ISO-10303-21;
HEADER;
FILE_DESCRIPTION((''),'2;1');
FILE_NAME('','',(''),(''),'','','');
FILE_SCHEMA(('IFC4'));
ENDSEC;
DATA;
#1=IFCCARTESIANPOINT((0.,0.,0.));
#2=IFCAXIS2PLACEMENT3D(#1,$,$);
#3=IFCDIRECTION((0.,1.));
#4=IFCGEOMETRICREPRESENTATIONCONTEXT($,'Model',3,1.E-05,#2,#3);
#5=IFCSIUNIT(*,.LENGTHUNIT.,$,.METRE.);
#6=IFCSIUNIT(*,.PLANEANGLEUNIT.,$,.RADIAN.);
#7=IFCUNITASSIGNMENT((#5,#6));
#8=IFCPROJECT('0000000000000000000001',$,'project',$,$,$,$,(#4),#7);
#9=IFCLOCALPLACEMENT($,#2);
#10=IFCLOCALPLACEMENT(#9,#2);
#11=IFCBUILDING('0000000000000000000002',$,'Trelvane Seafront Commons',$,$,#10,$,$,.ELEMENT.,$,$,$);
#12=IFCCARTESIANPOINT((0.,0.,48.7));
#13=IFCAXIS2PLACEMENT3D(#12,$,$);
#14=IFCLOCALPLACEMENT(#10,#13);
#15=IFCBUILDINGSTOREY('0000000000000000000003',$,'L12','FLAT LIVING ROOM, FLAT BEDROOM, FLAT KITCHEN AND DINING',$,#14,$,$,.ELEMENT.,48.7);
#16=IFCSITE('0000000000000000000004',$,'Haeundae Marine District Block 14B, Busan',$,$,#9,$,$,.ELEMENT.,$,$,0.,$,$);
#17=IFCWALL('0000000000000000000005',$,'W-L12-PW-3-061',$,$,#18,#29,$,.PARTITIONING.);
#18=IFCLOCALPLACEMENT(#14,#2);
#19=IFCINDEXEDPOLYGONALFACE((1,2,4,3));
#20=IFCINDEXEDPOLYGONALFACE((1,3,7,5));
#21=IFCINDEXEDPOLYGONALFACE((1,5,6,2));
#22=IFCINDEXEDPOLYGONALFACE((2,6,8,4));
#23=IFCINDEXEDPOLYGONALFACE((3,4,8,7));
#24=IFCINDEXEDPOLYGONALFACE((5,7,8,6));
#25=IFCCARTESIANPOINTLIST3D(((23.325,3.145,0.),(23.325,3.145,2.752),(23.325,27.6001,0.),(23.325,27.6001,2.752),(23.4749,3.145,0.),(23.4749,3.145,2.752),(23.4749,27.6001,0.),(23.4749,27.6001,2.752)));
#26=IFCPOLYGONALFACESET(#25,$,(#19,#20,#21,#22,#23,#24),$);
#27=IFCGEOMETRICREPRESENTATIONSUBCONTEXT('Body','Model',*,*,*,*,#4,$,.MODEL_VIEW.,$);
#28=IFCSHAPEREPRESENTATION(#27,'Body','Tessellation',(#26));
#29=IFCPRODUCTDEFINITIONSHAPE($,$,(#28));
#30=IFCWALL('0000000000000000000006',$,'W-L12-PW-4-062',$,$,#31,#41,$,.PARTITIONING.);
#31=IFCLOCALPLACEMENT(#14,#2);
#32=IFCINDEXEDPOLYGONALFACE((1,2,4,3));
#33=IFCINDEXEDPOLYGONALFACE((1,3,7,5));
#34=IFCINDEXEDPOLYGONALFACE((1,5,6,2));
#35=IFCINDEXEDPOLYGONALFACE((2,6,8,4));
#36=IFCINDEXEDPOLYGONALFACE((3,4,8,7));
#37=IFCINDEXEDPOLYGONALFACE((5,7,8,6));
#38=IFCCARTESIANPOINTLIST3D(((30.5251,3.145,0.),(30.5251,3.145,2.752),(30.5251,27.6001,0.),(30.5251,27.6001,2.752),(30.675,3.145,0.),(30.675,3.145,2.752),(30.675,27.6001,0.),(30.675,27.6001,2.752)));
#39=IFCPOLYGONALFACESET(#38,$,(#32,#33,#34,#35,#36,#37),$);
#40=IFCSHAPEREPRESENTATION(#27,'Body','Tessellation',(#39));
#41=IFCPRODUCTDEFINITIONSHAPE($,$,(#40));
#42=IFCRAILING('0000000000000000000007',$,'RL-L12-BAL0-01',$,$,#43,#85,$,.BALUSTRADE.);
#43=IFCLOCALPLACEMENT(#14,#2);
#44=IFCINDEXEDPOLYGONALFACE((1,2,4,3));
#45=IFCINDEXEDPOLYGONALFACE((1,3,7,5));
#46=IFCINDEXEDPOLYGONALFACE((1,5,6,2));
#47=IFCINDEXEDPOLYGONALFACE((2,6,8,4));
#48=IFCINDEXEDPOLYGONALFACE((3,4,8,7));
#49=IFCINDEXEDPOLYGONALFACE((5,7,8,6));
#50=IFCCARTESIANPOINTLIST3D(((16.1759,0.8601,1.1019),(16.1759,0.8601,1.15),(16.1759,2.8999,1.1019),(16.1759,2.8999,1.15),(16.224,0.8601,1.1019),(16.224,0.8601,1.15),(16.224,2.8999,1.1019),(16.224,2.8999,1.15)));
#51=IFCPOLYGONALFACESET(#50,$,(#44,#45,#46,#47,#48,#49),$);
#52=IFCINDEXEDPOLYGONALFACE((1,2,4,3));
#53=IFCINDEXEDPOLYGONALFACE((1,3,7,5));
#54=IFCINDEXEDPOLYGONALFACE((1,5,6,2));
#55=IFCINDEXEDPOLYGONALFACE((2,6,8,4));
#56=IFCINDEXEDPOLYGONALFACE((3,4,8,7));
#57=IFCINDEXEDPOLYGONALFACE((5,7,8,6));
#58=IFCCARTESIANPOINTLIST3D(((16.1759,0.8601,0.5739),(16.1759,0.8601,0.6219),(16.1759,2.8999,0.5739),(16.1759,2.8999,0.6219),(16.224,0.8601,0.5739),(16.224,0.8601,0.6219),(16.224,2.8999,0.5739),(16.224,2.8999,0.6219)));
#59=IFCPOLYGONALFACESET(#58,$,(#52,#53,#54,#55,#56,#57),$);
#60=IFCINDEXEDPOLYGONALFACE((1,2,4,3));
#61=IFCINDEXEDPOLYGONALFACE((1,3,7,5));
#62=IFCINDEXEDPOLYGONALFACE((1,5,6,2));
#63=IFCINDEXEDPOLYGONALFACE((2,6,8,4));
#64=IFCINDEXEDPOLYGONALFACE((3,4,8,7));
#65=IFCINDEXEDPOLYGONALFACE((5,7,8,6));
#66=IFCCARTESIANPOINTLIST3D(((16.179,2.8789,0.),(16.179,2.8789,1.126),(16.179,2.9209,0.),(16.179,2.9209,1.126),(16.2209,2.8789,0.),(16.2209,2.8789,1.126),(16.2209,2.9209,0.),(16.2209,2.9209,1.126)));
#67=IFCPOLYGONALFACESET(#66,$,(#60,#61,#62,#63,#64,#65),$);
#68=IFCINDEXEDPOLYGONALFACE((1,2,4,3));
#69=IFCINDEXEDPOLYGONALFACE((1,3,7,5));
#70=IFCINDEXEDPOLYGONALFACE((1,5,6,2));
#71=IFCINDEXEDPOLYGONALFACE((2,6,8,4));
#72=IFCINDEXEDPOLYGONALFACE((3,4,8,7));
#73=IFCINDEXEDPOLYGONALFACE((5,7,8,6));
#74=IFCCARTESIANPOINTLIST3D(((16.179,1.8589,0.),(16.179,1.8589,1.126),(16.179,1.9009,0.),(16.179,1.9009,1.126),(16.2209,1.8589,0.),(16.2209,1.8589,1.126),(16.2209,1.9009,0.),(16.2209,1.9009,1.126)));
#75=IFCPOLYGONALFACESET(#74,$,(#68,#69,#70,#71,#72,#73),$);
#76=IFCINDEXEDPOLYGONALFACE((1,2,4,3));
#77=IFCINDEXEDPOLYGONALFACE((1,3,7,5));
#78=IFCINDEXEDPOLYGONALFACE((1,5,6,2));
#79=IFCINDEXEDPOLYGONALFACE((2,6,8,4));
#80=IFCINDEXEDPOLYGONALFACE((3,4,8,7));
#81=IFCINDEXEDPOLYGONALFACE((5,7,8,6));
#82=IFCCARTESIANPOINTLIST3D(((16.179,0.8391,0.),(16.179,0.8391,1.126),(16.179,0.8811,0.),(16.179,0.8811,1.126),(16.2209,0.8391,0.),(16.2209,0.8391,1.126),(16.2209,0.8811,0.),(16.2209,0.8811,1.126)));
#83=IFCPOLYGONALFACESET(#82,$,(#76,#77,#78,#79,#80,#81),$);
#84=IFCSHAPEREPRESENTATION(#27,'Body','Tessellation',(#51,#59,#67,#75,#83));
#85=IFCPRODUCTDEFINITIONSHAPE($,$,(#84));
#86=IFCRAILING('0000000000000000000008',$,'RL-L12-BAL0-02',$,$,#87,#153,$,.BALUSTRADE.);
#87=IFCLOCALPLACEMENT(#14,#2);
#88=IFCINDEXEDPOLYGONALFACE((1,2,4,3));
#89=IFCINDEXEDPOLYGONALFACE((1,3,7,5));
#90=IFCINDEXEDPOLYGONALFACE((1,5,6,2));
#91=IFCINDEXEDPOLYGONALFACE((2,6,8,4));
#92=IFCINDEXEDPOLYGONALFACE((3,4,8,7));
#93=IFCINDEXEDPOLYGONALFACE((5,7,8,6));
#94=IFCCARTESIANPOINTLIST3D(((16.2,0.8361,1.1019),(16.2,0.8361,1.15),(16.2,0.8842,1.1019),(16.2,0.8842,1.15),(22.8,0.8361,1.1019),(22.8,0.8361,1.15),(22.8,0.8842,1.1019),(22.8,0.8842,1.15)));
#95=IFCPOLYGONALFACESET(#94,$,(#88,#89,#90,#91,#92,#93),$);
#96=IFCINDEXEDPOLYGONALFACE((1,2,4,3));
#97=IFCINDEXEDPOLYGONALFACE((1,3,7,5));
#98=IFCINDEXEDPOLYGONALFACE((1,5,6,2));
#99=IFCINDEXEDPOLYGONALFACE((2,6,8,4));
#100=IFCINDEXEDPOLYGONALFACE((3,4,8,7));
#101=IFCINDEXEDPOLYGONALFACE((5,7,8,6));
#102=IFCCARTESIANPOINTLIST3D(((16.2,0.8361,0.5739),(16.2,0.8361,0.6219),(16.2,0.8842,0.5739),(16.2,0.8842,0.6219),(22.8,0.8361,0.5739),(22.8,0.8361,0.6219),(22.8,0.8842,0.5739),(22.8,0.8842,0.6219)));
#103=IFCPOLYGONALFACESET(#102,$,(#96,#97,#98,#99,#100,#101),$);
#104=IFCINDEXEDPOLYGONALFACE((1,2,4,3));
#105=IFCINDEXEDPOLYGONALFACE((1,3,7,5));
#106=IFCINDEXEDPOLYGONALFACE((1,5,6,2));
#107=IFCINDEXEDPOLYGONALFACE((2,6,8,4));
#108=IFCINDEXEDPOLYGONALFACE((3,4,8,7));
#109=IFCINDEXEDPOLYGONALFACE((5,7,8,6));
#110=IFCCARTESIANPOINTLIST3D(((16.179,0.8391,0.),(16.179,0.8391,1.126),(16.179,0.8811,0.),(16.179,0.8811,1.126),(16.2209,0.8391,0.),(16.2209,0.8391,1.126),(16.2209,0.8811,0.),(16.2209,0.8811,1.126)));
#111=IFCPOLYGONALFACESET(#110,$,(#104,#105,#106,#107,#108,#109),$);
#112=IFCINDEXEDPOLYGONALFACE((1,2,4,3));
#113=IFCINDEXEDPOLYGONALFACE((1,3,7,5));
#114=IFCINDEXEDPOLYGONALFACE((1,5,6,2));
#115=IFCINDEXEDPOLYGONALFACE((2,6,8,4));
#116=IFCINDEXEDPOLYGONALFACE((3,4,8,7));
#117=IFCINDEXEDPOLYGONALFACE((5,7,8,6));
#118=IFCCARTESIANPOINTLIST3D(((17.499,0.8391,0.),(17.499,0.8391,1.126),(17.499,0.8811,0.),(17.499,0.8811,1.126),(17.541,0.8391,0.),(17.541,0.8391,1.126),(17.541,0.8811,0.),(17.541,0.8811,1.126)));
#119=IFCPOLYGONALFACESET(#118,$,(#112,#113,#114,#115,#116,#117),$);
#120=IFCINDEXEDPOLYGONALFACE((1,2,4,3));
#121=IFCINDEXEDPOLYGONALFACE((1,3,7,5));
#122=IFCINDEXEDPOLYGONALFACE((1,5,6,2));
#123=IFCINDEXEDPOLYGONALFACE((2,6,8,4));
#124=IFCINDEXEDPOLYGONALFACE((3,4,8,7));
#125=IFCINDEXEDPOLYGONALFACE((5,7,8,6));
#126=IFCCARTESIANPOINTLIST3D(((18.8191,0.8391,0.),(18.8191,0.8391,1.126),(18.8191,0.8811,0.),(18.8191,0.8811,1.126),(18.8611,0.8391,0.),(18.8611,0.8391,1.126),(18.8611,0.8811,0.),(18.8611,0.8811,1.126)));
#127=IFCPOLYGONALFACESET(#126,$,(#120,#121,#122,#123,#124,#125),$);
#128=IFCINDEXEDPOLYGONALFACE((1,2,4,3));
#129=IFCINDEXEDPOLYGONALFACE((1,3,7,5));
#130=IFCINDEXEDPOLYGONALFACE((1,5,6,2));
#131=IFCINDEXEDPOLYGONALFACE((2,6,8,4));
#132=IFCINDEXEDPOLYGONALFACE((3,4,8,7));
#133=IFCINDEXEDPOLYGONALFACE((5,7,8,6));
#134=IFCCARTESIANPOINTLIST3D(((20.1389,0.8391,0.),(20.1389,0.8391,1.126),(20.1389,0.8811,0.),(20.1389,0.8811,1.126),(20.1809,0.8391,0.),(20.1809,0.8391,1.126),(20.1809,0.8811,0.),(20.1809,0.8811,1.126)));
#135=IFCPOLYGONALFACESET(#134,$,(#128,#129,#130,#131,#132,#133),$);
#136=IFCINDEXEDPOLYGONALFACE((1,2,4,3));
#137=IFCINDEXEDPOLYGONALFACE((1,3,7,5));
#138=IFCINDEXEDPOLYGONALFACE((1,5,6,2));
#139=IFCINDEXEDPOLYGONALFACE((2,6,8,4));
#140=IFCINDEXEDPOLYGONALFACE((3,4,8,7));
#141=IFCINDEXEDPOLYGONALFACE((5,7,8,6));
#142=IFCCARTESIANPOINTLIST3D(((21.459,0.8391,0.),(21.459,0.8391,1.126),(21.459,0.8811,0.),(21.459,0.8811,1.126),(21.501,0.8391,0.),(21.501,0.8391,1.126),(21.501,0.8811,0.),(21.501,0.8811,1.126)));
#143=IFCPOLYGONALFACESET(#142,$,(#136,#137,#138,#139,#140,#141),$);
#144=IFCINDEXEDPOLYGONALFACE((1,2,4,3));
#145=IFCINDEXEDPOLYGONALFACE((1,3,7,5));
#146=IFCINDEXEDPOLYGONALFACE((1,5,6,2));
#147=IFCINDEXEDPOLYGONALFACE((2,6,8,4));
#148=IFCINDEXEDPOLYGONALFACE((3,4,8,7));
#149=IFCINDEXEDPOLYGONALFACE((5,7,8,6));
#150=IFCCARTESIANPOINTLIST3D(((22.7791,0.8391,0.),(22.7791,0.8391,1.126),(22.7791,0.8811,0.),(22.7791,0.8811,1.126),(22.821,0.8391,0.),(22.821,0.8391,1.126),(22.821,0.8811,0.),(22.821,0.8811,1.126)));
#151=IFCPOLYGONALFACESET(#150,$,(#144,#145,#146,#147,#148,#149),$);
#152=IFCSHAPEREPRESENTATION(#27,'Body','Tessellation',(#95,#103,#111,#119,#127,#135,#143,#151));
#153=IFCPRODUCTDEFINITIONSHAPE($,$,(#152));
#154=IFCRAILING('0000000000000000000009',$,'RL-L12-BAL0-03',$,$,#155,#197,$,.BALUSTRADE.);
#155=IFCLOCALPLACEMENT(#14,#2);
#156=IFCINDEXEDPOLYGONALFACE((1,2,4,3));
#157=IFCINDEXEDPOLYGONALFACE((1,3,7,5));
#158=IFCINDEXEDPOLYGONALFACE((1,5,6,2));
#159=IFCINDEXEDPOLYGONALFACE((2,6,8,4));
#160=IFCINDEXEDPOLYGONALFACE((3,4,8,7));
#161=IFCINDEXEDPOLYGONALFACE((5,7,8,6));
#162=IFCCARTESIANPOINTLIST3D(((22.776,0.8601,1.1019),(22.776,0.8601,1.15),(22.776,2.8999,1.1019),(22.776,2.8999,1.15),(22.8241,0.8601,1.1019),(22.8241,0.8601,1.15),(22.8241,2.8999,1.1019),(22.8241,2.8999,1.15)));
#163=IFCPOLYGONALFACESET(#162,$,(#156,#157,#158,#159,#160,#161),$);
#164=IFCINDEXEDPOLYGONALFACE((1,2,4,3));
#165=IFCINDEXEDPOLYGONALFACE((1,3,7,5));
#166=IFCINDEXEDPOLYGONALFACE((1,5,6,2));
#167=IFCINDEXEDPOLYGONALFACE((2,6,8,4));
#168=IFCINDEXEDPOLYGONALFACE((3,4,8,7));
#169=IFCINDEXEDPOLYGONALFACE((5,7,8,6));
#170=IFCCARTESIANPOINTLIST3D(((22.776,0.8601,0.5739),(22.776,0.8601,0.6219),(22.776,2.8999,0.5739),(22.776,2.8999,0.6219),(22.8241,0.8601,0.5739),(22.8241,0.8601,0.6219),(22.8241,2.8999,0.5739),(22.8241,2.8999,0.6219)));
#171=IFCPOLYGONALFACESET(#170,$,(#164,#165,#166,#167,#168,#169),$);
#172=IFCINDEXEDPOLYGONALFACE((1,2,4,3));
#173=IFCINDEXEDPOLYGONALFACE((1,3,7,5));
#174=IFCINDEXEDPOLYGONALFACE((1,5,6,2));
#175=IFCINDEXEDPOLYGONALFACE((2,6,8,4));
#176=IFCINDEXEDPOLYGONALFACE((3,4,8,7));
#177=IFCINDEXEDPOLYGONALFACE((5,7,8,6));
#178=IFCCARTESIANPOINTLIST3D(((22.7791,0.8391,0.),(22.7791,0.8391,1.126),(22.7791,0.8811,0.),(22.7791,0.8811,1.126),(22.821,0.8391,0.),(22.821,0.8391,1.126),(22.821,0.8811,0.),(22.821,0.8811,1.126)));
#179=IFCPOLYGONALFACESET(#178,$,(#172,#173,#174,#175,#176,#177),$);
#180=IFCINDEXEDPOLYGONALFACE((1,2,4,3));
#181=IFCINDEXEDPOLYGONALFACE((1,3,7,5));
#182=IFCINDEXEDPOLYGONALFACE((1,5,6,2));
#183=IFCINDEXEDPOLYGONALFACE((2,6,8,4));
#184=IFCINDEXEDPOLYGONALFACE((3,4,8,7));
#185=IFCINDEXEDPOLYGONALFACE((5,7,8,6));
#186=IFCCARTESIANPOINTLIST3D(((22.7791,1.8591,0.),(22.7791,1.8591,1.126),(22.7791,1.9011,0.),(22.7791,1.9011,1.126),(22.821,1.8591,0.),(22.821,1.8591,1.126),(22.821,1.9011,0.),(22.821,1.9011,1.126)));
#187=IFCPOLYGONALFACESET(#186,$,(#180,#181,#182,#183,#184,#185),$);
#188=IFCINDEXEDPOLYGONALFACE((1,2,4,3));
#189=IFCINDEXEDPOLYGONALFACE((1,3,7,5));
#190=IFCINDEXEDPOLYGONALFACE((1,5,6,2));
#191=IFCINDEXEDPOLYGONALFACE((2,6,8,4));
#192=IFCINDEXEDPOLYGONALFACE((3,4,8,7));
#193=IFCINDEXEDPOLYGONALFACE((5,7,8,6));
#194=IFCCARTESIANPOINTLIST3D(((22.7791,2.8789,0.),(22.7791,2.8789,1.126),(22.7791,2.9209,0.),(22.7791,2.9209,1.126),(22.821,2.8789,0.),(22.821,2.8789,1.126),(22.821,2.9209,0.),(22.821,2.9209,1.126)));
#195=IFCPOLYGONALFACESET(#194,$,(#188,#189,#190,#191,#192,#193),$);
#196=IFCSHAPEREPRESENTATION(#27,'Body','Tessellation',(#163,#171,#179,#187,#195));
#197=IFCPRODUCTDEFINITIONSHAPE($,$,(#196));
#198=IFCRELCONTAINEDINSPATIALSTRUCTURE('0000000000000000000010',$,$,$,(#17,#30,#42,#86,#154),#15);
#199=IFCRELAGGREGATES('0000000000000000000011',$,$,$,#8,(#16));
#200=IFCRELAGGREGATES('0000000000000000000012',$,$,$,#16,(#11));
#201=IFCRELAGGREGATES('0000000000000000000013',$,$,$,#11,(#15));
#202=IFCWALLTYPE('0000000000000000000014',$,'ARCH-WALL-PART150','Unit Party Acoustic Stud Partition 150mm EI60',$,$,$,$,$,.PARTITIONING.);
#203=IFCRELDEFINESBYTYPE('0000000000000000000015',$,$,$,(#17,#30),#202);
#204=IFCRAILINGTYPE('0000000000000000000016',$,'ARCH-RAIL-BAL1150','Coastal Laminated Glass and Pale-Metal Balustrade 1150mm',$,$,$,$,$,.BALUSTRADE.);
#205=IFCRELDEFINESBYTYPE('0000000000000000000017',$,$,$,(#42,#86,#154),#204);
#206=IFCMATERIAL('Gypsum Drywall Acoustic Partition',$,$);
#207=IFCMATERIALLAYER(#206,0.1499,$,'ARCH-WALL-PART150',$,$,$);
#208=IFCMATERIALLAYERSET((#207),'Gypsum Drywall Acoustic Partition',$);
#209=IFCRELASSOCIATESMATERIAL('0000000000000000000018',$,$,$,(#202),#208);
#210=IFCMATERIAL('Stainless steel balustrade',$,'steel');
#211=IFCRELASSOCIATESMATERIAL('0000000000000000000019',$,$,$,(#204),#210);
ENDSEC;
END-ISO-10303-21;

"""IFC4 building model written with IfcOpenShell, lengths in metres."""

from ifc_helpers import new_model, si_unit, direction, frame, frame_2d, origin, origin_2d, place, context, subcontext, project, spatial, rectangle, extrude, material, layer, layer_set, type_object, element, save


model = new_model("IFC4")

# Units and contexts
model_context = context("Model", 3, precision=1e-05, world=origin(), true_north=direction((0.0, 1.0)))
body_context = subcontext(model_context, "Body", "Model", "MODEL_VIEW")
ifc_project = project(units=[si_unit("LENGTHUNIT", "METRE"), si_unit("PLANEANGLEUNIT", "RADIAN")], contexts=[model_context])

# Site, building, storey
site_placement = place(None, origin())
site = spatial("IfcSite", under=ifc_project, at=site_placement, Name="Haeundae Marine District Block 14B, Busan", CompositionType="ELEMENT", RefElevation=0.0)
building_placement = place(site_placement, origin())
building = spatial("IfcBuilding", under=site, at=building_placement, Name="Trelvane Seafront Commons", CompositionType="ELEMENT")
storey_placement = place(building_placement, frame((0.0, 0.0, 48.7)))
storey = spatial("IfcBuildingStorey", under=building, at=storey_placement, Name="L12", Description="FLAT LIVING ROOM, FLAT BEDROOM, FLAT KITCHEN AND DINING", CompositionType="ELEMENT", Elevation=48.7)

# Shared definitions
ifc_material_1 = material(Name="Gypsum Drywall Acoustic Partition")

# Walls
ifc_layer_1 = layer(ifc_material_1, 0.1499, Name="ARCH-WALL-PART150")
ifc_layer_set_1 = layer_set([ifc_layer_1], Name="Gypsum Drywall Acoustic Partition")
wall_type_1 = type_object("IfcWallType", Name="ARCH-WALL-PART150", Description="Unit Party Acoustic Stud Partition 150mm EI60", PredefinedType="PARTITIONING", material=ifc_layer_set_1)
for number, where, z_axis, x_axis, name in (
    (1, (23.3999, 3.145, 0.0), (0.0, 0.0, 1.0), (0.0, 1.0, 0.0), "W-L12-PW-3-061"),
    (2, (30.6001, 3.145, 0.0), (0.0, 0.0, 1.0), (0.0, 1.0, 0.0), "W-L12-PW-4-062"),
):
    element("IfcWall", number, at=place(storey_placement, frame(where, z_axis=z_axis, x_axis=x_axis)), inside=storey, type_object=wall_type_1, Name=name, PredefinedType="PARTITIONING", context=body_context, shape_type="SweptSolid", body=[
        extrude(rectangle(XDim=24.4551, YDim=0.1499, at=frame_2d((12.2275, 0.0))), origin(), (0.0, 0.0, 1.0), 2.752),
    ])

# Railings
ifc_material_2 = material(Name="Stainless steel balustrade", Category="steel")
railing_type = type_object("IfcRailingType", Name="ARCH-RAIL-BAL1150", Description="Coastal Laminated Glass and Pale-Metal Balustrade 1150mm", PredefinedType="BALUSTRADE", material=ifc_material_2)
railing_1_placement = place(storey_placement, frame((16.2, 2.8999, 0.0)))
element("IfcRailing", 3, at=railing_1_placement, inside=storey, type_object=railing_type, Name="RL-L12-BAL0-01", PredefinedType="BALUSTRADE", context=body_context, shape_type="SweptSolid", body=[
    extrude(rectangle(XDim=0.0481, YDim=0.0481, at=origin_2d()), frame((0.0, 0.0, 1.126), z_axis=(0.0, -1.0, 0.0), x_axis=(1.0, 0.0, 0.0)), (0.0, 0.0, 1.0), 2.0398),
    extrude(rectangle(XDim=0.0481, YDim=0.0481, at=origin_2d()), frame((0.0, 0.0, 0.5979), z_axis=(0.0, -1.0, 0.0), x_axis=(1.0, 0.0, 0.0)), (0.0, 0.0, 1.0), 2.0398),
    extrude(rectangle(XDim=0.042, YDim=0.042, at=origin_2d()), origin(), (0.0, 0.0, 1.0), 1.126),
    extrude(rectangle(XDim=0.042, YDim=0.042, at=origin_2d()), frame((0.0, -1.02, 0.0)), (0.0, 0.0, 1.0), 1.126),
    extrude(rectangle(XDim=0.042, YDim=0.042, at=origin_2d()), frame((0.0, -2.0398, 0.0)), (0.0, 0.0, 1.0), 1.126),
])
railing_2_placement = place(storey_placement, frame((16.2, 0.8601, 0.0)))
element("IfcRailing", 4, at=railing_2_placement, inside=storey, type_object=railing_type, Name="RL-L12-BAL0-02", PredefinedType="BALUSTRADE", context=body_context, shape_type="SweptSolid", body=[
    extrude(rectangle(XDim=0.0481, YDim=0.0481, at=origin_2d()), frame((0.0, 0.0, 1.126), z_axis=(1.0, 0.0, 0.0), x_axis=(0.0, 1.0, 0.0)), (0.0, 0.0, 1.0), 6.6001),
    extrude(rectangle(XDim=0.0481, YDim=0.0481, at=origin_2d()), frame((0.0, 0.0, 0.5979), z_axis=(1.0, 0.0, 0.0), x_axis=(0.0, 1.0, 0.0)), (0.0, 0.0, 1.0), 6.6001),
    extrude(rectangle(XDim=0.042, YDim=0.042, at=origin_2d()), origin(), (0.0, 0.0, 1.0), 1.126),
    extrude(rectangle(XDim=0.042, YDim=0.042, at=origin_2d()), frame((1.3201, 0.0, 0.0)), (0.0, 0.0, 1.0), 1.126),
    extrude(rectangle(XDim=0.042, YDim=0.042, at=origin_2d()), frame((2.6401, 0.0, 0.0)), (0.0, 0.0, 1.0), 1.126),
    extrude(rectangle(XDim=0.042, YDim=0.042, at=origin_2d()), frame((3.96, 0.0, 0.0)), (0.0, 0.0, 1.0), 1.126),
    extrude(rectangle(XDim=0.042, YDim=0.042, at=origin_2d()), frame((5.28, 0.0, 0.0)), (0.0, 0.0, 1.0), 1.126),
    extrude(rectangle(XDim=0.042, YDim=0.042, at=origin_2d()), frame((6.6001, 0.0, 0.0)), (0.0, 0.0, 1.0), 1.126),
])
railing_3_placement = place(storey_placement, frame((22.8, 0.8601, 0.0)))
element("IfcRailing", 5, at=railing_3_placement, inside=storey, type_object=railing_type, Name="RL-L12-BAL0-03", PredefinedType="BALUSTRADE", context=body_context, shape_type="SweptSolid", body=[
    extrude(rectangle(XDim=0.0481, YDim=0.0481, at=origin_2d()), frame((0.0, 0.0, 1.126), z_axis=(0.0, 1.0, 0.0), x_axis=(-1.0, 0.0, 0.0)), (0.0, 0.0, 1.0), 2.0398),
    extrude(rectangle(XDim=0.0481, YDim=0.0481, at=origin_2d()), frame((0.0, 0.0, 0.5979), z_axis=(0.0, 1.0, 0.0), x_axis=(-1.0, 0.0, 0.0)), (0.0, 0.0, 1.0), 2.0398),
    extrude(rectangle(XDim=0.042, YDim=0.042, at=origin_2d()), origin(), (0.0, 0.0, 1.0), 1.126),
    extrude(rectangle(XDim=0.042, YDim=0.042, at=origin_2d()), frame((0.0, 1.02, 0.0)), (0.0, 0.0, 1.0), 1.126),
    extrude(rectangle(XDim=0.042, YDim=0.042, at=origin_2d()), frame((0.0, 2.0398, 0.0)), (0.0, 0.0, 1.0), 1.126),
])

save(model, "model.ifc")
